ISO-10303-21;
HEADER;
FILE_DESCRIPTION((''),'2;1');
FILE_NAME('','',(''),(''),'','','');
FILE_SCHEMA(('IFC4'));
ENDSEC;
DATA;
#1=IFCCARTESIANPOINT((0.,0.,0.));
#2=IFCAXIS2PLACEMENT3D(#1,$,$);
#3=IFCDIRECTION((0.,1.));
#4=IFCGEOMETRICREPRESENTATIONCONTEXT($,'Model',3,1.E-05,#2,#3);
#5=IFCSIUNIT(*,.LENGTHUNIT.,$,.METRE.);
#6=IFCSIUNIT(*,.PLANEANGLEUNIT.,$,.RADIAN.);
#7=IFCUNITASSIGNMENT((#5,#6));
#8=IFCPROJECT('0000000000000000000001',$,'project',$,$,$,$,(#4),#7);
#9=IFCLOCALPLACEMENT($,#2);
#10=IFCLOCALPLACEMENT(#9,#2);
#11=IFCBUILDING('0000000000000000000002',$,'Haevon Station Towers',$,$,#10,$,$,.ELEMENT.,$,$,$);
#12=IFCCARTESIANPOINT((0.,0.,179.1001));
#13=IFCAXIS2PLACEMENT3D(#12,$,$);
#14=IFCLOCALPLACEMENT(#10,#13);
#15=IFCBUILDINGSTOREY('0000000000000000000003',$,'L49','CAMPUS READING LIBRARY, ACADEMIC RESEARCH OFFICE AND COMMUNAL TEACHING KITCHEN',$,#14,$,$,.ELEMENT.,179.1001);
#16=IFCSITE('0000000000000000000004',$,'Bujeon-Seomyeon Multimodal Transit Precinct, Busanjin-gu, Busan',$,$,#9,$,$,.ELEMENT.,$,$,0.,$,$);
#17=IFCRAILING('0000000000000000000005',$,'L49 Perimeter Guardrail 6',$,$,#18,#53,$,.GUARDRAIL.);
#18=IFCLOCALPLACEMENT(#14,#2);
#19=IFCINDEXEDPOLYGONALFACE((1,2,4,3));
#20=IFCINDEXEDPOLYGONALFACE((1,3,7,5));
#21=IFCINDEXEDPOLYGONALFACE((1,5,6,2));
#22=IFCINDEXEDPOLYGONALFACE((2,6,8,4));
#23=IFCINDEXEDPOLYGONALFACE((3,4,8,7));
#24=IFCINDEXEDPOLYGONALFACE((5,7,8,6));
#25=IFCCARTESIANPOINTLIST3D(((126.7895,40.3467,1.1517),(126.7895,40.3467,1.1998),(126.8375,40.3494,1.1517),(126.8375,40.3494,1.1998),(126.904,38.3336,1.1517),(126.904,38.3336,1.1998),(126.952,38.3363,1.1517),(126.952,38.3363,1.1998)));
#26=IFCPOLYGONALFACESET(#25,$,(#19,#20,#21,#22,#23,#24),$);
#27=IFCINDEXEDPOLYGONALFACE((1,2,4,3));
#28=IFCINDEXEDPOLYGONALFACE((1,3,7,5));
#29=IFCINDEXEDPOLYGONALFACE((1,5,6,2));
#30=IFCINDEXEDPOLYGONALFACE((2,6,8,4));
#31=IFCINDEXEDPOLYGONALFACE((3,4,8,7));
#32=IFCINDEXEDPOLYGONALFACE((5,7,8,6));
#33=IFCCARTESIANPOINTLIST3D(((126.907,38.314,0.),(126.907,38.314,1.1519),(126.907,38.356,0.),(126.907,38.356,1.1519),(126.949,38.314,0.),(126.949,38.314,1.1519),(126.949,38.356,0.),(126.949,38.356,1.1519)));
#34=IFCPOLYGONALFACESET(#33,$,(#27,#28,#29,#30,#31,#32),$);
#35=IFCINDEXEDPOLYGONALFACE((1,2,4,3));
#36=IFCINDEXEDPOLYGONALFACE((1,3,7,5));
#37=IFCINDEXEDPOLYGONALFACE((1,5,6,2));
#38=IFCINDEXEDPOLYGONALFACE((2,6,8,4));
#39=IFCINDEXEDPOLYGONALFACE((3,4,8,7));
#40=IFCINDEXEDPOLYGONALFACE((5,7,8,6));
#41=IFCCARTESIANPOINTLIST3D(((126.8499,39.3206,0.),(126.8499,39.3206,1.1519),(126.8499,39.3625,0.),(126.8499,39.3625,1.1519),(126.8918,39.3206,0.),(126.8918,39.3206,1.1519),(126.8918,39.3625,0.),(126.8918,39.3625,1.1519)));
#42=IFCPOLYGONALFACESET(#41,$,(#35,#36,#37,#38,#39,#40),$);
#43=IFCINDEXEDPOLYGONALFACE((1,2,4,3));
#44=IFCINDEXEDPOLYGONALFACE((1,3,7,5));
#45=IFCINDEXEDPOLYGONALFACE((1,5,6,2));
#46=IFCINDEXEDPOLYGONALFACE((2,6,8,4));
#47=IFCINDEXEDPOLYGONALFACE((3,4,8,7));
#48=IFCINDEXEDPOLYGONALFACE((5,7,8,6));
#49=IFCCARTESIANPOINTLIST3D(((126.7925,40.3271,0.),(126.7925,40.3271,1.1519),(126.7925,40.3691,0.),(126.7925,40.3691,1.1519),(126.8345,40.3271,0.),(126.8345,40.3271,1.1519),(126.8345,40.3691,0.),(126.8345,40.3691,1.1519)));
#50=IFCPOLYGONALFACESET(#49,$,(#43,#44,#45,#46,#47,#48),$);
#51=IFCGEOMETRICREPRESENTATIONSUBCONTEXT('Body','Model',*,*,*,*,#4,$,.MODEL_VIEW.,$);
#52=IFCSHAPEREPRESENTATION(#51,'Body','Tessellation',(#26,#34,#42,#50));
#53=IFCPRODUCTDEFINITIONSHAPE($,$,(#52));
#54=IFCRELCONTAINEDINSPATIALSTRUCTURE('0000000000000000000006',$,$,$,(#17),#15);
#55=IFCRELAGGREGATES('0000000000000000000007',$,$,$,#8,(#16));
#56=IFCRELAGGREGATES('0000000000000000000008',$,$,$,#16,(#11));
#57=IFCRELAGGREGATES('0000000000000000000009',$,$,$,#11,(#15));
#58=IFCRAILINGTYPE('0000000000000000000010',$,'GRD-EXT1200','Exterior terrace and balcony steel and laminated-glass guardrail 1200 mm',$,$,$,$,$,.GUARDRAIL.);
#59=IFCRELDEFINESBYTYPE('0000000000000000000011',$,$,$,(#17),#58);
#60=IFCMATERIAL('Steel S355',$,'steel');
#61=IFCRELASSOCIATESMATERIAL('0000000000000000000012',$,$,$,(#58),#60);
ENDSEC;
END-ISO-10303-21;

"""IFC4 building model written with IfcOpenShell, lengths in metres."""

from ifc_helpers import new_model, si_unit, direction, frame, origin, origin_2d, place, context, subcontext, project, spatial, rectangle, extrude, material, type_object, element, save


model = new_model("IFC4")

# Units and contexts
model_context = context("Model", 3, precision=1e-05, world=origin(), true_north=direction((0.0, 1.0)))
body_context = subcontext(model_context, "Body", "Model", "MODEL_VIEW")
ifc_project = project(units=[si_unit("LENGTHUNIT", "METRE"), si_unit("PLANEANGLEUNIT", "RADIAN")], contexts=[model_context])

# Site, building, storey
site_placement = place(None, origin())
site = spatial("IfcSite", under=ifc_project, at=site_placement, Name="Bujeon-Seomyeon Multimodal Transit Precinct, Busanjin-gu, Busan", CompositionType="ELEMENT", RefElevation=0.0)
building_placement = place(site_placement, origin())
building = spatial("IfcBuilding", under=site, at=building_placement, Name="Haevon Station Towers", CompositionType="ELEMENT")
storey_placement = place(building_placement, frame((0.0, 0.0, 179.1001)))
storey = spatial("IfcBuildingStorey", under=building, at=storey_placement, Name="L49", Description="CAMPUS READING LIBRARY, ACADEMIC RESEARCH OFFICE AND COMMUNAL TEACHING KITCHEN", CompositionType="ELEMENT", Elevation=179.1001)

# Shared definitions
ifc_material_1 = material(Name="Steel S355", Category="steel")

# Railing
railing_type = type_object("IfcRailingType", Name="GRD-EXT1200", Description="Exterior terrace and balcony steel and laminated-glass guardrail 1200 mm", PredefinedType="GUARDRAIL", material=ifc_material_1)
railing_1_placement = place(storey_placement, frame((126.928, 38.335, 0.0)))
element("IfcRailing", 1, at=railing_1_placement, inside=storey, type_object=railing_type, Name="L49 Perimeter Guardrail 6", PredefinedType="GUARDRAIL", context=body_context, shape_type="SweptSolid", body=[
    extrude(rectangle(XDim=0.0481, YDim=0.0481, at=origin_2d()), frame((0.0, 0.0, 1.1758), z_axis=(-0.056784, 0.998386, 0.0), x_axis=(-0.998386, -0.056784, 0.0)), (0.0, 0.0, 1.0), 2.0164),
    extrude(rectangle(XDim=0.042, YDim=0.042, at=origin_2d()), origin(), (0.0, 0.0, 1.0), 1.1519),
    extrude(rectangle(XDim=0.042, YDim=0.042, at=origin_2d()), frame((-0.0571, 1.0066, 0.0)), (0.0, 0.0, 1.0), 1.1519),
    extrude(rectangle(XDim=0.042, YDim=0.042, at=origin_2d()), frame((-0.1145, 2.0132, 0.0)), (0.0, 0.0, 1.0), 1.1519),
])

save(model, "model.ifc")
